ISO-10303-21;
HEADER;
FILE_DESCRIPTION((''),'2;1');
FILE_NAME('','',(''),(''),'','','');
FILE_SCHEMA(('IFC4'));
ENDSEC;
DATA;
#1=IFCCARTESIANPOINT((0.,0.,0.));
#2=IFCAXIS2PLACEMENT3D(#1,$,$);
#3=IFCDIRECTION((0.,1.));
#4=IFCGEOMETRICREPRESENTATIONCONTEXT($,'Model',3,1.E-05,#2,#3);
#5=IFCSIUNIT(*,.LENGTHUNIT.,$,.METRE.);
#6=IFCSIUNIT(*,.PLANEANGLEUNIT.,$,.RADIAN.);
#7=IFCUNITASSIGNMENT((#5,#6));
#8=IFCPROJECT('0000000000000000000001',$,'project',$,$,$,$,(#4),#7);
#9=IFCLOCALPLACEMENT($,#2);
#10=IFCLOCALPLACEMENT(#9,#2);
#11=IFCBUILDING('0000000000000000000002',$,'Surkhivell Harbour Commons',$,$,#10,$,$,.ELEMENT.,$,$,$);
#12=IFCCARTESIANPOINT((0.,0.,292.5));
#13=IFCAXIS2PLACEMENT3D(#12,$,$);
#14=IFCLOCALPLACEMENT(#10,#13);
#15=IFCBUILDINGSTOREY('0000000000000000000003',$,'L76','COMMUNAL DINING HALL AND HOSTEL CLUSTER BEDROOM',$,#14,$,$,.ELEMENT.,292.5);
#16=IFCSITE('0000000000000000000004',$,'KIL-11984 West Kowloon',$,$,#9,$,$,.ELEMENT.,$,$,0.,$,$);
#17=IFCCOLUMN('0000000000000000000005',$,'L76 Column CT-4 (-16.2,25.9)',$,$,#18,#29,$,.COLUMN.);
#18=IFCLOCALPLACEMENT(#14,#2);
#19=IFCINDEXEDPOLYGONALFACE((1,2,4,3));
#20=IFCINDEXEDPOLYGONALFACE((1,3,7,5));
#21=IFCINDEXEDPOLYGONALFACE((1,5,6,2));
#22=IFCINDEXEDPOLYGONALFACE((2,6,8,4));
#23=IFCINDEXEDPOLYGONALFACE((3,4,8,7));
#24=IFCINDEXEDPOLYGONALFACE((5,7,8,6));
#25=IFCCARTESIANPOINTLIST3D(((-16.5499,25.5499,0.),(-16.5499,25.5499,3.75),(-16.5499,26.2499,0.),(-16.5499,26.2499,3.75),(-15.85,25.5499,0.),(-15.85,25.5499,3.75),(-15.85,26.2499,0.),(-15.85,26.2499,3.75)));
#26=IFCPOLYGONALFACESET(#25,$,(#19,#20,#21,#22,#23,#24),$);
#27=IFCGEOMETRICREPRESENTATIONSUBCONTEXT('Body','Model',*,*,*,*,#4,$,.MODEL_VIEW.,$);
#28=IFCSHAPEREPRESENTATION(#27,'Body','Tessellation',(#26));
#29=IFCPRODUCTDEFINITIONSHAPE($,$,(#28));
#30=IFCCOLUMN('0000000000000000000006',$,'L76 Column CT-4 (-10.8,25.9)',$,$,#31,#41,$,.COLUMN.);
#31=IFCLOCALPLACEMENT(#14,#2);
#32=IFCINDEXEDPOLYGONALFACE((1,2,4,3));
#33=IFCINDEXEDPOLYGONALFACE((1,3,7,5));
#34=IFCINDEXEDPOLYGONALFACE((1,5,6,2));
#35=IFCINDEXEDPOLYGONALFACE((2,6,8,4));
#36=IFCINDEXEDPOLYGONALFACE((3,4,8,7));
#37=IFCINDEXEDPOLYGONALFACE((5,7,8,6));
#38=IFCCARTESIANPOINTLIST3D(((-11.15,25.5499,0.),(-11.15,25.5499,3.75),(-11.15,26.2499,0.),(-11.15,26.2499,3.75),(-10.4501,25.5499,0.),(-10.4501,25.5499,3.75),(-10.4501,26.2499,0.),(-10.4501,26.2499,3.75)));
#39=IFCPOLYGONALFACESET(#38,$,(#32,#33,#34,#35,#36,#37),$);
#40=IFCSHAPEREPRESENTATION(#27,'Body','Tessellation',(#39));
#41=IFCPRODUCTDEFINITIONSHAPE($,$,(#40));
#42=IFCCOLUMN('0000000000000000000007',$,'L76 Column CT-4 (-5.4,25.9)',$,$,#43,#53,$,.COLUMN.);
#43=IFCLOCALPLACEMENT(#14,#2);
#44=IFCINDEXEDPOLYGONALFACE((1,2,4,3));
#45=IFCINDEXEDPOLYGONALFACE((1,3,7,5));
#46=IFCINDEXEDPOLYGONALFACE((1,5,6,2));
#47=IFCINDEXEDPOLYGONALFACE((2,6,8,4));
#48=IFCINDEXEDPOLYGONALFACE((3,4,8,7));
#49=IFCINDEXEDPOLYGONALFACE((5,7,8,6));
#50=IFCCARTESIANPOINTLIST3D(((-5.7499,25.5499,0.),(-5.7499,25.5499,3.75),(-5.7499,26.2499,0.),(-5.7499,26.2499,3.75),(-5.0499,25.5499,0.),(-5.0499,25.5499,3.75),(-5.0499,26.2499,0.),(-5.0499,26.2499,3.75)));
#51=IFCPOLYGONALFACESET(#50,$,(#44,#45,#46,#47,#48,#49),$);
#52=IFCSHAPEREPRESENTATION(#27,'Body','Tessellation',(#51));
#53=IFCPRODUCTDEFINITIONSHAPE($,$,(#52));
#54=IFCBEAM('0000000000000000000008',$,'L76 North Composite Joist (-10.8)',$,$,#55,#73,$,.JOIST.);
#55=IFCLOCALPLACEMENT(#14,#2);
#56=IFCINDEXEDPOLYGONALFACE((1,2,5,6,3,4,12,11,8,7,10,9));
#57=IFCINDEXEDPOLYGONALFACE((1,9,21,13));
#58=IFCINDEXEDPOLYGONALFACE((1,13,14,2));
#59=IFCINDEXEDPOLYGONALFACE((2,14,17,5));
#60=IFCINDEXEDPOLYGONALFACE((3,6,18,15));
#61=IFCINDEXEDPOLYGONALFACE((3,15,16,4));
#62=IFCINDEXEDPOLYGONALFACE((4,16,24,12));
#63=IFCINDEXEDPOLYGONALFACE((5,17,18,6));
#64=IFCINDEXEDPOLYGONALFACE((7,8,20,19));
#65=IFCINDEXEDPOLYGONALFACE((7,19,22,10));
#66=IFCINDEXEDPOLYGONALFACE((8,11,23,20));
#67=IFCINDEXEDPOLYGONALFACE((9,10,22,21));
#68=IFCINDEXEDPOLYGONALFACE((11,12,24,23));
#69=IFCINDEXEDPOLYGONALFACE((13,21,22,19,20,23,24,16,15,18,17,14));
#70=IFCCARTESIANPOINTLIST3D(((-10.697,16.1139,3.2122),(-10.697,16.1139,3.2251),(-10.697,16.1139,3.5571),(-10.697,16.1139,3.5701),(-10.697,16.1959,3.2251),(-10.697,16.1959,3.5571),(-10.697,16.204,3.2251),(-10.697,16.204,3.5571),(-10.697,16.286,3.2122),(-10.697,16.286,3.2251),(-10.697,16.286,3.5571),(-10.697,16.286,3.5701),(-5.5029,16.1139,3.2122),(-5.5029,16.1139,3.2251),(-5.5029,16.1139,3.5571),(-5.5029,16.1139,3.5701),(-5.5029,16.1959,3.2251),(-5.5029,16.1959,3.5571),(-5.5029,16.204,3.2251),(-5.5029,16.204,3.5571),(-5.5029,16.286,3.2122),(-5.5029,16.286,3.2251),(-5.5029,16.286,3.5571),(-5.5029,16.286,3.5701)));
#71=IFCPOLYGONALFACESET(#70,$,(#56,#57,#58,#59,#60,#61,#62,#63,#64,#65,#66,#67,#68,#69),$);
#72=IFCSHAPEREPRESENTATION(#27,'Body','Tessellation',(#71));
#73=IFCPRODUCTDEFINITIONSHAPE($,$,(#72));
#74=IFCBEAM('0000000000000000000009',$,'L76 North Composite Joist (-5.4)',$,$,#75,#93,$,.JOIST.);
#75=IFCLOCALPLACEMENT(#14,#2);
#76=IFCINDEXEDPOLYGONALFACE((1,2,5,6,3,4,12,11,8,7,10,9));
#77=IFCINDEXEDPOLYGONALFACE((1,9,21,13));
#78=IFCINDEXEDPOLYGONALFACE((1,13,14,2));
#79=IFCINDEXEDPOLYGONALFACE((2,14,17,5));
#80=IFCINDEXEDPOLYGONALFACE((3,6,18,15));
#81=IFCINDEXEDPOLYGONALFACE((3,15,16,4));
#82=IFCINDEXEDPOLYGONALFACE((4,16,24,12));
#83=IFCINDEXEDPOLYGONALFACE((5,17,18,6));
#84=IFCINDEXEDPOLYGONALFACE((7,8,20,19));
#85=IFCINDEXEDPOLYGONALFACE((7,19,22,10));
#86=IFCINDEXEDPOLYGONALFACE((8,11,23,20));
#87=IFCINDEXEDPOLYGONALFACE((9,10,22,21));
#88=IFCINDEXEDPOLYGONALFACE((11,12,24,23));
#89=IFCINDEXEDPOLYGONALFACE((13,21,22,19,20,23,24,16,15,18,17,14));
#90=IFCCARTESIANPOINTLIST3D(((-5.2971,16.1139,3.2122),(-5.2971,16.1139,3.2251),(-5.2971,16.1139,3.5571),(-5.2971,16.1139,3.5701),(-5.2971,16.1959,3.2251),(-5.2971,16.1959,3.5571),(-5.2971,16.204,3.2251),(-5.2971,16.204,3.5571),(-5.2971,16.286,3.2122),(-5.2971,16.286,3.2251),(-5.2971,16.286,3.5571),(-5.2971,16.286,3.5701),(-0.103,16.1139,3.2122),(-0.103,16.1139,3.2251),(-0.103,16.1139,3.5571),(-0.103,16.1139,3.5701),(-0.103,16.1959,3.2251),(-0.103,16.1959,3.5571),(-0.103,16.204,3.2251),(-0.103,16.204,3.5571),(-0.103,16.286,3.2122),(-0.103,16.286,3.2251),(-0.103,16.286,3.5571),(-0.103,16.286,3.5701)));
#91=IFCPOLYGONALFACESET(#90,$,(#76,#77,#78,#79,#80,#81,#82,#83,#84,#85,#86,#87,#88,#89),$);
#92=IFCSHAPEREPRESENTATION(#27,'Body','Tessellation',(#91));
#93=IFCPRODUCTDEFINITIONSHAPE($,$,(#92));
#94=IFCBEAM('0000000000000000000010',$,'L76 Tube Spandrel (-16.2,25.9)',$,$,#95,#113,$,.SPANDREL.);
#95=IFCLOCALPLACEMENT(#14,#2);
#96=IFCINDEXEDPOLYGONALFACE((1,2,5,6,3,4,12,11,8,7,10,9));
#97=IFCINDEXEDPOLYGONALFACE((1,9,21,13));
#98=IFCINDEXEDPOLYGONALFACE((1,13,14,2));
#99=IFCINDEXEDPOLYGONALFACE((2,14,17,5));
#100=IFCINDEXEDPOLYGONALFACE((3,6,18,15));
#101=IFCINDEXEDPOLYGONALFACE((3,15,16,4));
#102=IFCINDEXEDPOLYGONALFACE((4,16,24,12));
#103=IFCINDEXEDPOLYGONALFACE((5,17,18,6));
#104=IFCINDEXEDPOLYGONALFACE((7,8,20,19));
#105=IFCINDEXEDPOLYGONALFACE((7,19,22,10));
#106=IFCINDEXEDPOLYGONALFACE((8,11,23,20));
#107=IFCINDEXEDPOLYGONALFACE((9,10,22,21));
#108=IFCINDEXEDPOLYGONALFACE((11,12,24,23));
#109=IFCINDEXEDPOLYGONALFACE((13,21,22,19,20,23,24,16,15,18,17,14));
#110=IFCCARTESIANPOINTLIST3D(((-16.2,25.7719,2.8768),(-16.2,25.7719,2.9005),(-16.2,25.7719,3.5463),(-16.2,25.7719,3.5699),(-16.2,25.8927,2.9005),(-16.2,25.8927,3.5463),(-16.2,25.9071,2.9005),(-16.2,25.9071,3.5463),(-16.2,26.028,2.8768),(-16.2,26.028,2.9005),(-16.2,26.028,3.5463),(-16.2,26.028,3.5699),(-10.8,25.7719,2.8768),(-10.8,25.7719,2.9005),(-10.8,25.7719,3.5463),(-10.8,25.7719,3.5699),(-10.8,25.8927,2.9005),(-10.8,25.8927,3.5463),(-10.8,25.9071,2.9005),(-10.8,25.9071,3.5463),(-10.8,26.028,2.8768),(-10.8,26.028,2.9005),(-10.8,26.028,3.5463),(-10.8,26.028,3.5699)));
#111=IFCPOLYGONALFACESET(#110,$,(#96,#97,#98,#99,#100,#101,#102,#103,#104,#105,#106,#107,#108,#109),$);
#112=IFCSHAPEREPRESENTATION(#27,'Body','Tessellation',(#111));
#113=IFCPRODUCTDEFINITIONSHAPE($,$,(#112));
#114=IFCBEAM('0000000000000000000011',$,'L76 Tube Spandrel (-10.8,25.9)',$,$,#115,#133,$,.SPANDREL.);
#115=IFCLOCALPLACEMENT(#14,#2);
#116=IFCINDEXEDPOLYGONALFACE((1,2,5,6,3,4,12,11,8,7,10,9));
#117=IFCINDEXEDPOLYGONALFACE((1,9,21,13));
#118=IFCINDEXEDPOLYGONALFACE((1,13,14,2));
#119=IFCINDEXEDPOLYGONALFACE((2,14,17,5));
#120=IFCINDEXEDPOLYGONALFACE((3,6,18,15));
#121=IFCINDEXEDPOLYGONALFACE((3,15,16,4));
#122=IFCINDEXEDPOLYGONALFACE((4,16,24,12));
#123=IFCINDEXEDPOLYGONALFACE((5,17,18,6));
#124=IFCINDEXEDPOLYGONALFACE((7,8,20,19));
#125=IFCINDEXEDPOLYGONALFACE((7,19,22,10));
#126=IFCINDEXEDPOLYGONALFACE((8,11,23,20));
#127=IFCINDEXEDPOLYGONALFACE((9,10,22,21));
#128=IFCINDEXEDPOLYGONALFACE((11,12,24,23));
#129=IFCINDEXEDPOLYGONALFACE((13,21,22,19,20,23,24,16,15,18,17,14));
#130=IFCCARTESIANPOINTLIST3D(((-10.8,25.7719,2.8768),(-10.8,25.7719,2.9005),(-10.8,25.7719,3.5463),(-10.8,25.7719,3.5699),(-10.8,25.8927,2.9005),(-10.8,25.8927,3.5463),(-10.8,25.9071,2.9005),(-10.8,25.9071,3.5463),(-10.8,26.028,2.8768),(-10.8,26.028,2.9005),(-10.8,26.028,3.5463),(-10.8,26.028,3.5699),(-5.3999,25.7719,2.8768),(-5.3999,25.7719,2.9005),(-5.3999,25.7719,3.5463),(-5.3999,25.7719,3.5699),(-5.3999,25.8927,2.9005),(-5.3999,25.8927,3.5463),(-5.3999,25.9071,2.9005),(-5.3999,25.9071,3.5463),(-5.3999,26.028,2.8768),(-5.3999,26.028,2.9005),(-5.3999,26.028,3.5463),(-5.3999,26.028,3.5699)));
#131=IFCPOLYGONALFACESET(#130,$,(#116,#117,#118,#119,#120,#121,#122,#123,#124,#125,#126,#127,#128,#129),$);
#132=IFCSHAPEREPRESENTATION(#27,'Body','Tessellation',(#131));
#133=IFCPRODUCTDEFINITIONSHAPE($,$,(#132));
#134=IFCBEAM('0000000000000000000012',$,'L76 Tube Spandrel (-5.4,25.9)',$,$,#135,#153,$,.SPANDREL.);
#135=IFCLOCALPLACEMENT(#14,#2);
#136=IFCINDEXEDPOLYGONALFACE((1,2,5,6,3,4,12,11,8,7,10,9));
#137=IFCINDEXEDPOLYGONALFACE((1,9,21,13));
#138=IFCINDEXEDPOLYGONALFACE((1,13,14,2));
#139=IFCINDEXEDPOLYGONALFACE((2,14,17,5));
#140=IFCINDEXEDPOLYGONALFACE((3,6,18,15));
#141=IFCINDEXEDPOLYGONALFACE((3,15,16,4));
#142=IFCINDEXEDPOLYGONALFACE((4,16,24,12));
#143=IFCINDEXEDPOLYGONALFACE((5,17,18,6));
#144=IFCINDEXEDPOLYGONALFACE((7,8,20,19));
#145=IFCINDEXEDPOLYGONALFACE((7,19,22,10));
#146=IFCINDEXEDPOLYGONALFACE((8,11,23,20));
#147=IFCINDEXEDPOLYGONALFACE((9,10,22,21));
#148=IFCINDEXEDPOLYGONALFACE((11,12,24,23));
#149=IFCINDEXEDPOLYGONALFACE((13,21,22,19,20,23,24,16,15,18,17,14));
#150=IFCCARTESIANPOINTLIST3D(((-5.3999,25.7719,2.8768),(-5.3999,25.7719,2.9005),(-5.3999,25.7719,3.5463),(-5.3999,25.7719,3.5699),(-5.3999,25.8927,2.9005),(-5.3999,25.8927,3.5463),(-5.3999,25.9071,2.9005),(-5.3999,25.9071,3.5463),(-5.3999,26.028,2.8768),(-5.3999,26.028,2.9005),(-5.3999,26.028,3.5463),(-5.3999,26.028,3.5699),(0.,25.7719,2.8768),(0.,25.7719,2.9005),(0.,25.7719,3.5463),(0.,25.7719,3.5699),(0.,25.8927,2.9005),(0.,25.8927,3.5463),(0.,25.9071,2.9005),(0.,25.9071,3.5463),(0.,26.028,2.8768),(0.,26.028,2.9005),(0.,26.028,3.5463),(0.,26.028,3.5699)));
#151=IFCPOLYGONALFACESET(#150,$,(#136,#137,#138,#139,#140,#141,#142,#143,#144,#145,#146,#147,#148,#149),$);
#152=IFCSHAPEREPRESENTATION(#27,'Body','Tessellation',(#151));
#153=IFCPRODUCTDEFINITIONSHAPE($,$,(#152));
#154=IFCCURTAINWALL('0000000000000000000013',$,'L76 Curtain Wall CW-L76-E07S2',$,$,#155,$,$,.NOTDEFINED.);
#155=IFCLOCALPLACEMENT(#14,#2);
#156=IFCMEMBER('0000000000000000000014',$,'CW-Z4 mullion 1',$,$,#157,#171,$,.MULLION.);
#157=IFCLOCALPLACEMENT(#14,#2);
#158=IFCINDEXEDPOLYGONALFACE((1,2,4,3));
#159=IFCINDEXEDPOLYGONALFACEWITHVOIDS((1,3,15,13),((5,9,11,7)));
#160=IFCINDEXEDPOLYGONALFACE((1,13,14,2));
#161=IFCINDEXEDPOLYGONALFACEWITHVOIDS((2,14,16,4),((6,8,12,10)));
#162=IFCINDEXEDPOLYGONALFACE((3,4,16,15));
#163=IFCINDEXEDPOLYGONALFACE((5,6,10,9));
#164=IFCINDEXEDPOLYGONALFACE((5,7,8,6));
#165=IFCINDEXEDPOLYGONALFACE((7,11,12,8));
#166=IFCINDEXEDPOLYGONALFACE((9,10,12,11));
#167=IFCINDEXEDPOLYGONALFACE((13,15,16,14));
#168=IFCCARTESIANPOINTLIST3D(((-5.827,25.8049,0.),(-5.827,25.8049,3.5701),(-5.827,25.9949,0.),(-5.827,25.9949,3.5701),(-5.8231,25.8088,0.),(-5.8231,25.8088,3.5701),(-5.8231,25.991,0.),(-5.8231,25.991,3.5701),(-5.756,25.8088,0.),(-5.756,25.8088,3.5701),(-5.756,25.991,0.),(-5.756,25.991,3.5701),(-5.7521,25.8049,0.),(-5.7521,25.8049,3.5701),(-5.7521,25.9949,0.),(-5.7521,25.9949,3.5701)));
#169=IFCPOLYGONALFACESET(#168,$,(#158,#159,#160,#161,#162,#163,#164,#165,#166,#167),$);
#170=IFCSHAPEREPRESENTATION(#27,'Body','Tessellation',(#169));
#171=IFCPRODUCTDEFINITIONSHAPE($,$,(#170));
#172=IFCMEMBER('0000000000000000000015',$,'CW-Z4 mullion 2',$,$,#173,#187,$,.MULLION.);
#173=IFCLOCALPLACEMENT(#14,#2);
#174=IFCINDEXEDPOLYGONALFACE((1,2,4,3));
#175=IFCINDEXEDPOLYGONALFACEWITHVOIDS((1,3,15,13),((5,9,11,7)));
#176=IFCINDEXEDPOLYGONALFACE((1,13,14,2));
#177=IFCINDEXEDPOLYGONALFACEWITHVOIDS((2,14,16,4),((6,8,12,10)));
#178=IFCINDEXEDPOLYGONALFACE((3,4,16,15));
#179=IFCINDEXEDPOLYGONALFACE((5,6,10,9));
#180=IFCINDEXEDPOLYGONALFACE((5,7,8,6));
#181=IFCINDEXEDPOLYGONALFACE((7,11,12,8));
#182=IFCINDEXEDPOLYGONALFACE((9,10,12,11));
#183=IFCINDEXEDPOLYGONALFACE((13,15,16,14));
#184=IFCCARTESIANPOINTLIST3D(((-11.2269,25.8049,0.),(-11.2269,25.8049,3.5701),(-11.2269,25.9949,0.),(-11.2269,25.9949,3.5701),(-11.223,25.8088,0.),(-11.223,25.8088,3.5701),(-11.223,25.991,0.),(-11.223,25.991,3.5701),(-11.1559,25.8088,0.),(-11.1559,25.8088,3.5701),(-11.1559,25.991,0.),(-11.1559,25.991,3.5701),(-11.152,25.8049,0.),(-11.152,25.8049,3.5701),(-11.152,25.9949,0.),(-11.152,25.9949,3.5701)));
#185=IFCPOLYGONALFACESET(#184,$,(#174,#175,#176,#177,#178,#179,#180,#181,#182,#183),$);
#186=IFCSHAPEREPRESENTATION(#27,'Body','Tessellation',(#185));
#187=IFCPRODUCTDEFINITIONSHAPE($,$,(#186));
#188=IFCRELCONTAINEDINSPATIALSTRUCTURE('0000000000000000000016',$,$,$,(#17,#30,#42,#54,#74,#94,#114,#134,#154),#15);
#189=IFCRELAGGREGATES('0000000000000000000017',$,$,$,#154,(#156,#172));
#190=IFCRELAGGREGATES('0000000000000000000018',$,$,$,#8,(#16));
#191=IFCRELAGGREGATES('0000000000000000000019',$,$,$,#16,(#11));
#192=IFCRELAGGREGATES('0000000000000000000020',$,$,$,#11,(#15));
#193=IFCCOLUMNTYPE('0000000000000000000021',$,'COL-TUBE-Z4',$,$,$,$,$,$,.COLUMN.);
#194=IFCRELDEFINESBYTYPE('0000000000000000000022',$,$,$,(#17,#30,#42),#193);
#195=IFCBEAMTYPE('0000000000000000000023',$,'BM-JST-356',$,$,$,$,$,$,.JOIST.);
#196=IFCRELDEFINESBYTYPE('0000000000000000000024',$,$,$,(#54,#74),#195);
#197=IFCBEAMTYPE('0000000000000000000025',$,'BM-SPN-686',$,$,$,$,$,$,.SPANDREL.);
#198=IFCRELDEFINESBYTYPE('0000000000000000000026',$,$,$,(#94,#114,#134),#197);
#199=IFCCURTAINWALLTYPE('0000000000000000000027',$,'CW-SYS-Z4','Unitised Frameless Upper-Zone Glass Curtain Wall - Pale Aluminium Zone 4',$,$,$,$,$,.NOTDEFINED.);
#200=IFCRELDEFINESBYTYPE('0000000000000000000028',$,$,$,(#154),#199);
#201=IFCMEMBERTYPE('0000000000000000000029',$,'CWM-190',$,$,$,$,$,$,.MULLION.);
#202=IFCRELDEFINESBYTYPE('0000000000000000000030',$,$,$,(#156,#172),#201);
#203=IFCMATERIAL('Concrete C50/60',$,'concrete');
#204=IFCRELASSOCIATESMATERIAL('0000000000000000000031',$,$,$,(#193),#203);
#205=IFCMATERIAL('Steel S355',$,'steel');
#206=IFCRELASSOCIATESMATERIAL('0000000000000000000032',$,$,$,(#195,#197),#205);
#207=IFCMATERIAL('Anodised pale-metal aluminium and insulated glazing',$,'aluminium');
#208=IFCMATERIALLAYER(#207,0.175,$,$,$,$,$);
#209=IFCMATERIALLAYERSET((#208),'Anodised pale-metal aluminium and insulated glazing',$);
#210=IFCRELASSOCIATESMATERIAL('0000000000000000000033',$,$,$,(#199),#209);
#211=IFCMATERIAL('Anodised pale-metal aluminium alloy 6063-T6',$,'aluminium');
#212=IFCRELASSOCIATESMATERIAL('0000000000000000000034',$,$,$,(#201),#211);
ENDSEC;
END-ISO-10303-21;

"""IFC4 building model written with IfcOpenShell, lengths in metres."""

from ifc_helpers import new_model, si_unit, direction, frame, origin, origin_2d, place, context, subcontext, project, spatial, rectangle, hollow_rectangle, i_section, extrude, material, layer, layer_set, material_profile, profile_set, type_object, element, aggregate, save


model = new_model("IFC4")

# Units and contexts
model_context = context("Model", 3, precision=1e-05, world=origin(), true_north=direction((0.0, 1.0)))
body_context = subcontext(model_context, "Body", "Model", "MODEL_VIEW")
ifc_project = project(units=[si_unit("LENGTHUNIT", "METRE"), si_unit("PLANEANGLEUNIT", "RADIAN")], contexts=[model_context])

# Site, building, storey
site_placement = place(None, origin())
site = spatial("IfcSite", under=ifc_project, at=site_placement, Name="KIL-11984 West Kowloon", CompositionType="ELEMENT", RefElevation=0.0)
building_placement = place(site_placement, origin())
building = spatial("IfcBuilding", under=site, at=building_placement, Name="Surkhivell Harbour Commons", CompositionType="ELEMENT")
storey_placement = place(building_placement, frame((0.0, 0.0, 292.5)))
storey = spatial("IfcBuildingStorey", under=building, at=storey_placement, Name="L76", Description="COMMUNAL DINING HALL AND HOSTEL CLUSTER BEDROOM", CompositionType="ELEMENT", Elevation=292.5)

# Columns
ifc_material_1 = material(Name="Concrete C50/60", Category="concrete")
ifc_material_profile_1 = material_profile(ifc_material_1, rectangle(XDim=0.7, YDim=0.7, at=origin_2d()), Name="RC-COL-700x700")
ifc_profile_set_1 = profile_set([ifc_material_profile_1], Name="Concrete C50/60")
column_type = type_object("IfcColumnType", Name="COL-TUBE-Z4", PredefinedType="COLUMN", material=ifc_profile_set_1)
for number, where, z_axis, x_axis, name in (
    (1, (-16.2, 25.8999, 0.0), (0.0, 0.0, 1.0), (1.0, 0.0, 0.0), "L76 Column CT-4 (-16.2,25.9)"),
    (2, (-10.8, 25.8999, 0.0), (0.0, 0.0, 1.0), (1.0, 0.0, 0.0), "L76 Column CT-4 (-10.8,25.9)"),
    (3, (-5.3999, 25.8999, 0.0), (0.0, 0.0, 1.0), (1.0, 0.0, 0.0), "L76 Column CT-4 (-5.4,25.9)"),
):
    element("IfcColumn", number, at=place(storey_placement, frame(where, z_axis=z_axis, x_axis=x_axis)), inside=storey, type_object=column_type, Name=name, PredefinedType="COLUMN", context=body_context, shape_type="SweptSolid", body=[
        extrude(rectangle(XDim=0.7, YDim=0.7, at=origin_2d()), origin(), (0.0, 0.0, 1.0), 3.75),
    ])

# Beams
ifc_material_2 = material(Name="Steel S355", Category="steel")
ifc_material_profile_2 = material_profile(ifc_material_2, i_section(OverallWidth=0.1721, OverallDepth=0.3579, WebThickness=0.0081, FlangeThickness=0.0129, at=origin_2d()), Name="UB356x171x57")
ifc_profile_set_2 = profile_set([ifc_material_profile_2], Name="Steel S355")
beam_type_1 = type_object("IfcBeamType", Name="BM-JST-356", PredefinedType="JOIST", material=ifc_profile_set_2)
for number, where, z_axis, x_axis, name in (
    (4, (-10.697, 16.2, 3.3911), (1.0, 0.0, 0.0), (0.0, 1.0, 0.0), "L76 North Composite Joist (-10.8)"),
    (5, (-5.2971, 16.2, 3.3911), (1.0, 0.0, 0.0), (0.0, 1.0, 0.0), "L76 North Composite Joist (-5.4)"),
):
    element("IfcBeam", number, at=place(storey_placement, frame(where, z_axis=z_axis, x_axis=x_axis)), inside=storey, type_object=beam_type_1, Name=name, PredefinedType="JOIST", context=body_context, shape_type="SweptSolid", body=[
        extrude(i_section(OverallWidth=0.1721, OverallDepth=0.3579, WebThickness=0.0081, FlangeThickness=0.0129, at=origin_2d()), origin(), (0.0, 0.0, 1.0), 5.1941),
    ])
ifc_material_profile_3 = material_profile(ifc_material_2, i_section(OverallWidth=0.2561, OverallDepth=0.6931, WebThickness=0.0144, FlangeThickness=0.0237, at=origin_2d()), Name="UB686x254x170")
ifc_profile_set_3 = profile_set([ifc_material_profile_3], Name="Steel S355")
beam_type_2 = type_object("IfcBeamType", Name="BM-SPN-686", PredefinedType="SPANDREL", material=ifc_profile_set_3)
beam_1_placement = place(storey_placement, frame((-16.2, 25.8999, 3.2234), z_axis=(1.0, 0.0, 0.0), x_axis=(0.0, 1.0, 0.0)))
element("IfcBeam", 6, at=beam_1_placement, inside=storey, type_object=beam_type_2, Name="L76 Tube Spandrel (-16.2,25.9)", PredefinedType="SPANDREL", context=body_context, shape_type="SweptSolid", body=[
    extrude(i_section(OverallWidth=0.2561, OverallDepth=0.6931, WebThickness=0.0144, FlangeThickness=0.0237, at=origin_2d()), origin(), (0.0, 0.0, 1.0), 5.3999),
])
beam_2_placement = place(storey_placement, frame((-10.8, 25.8999, 3.2234), z_axis=(1.0, 0.0, 0.0), x_axis=(0.0, 1.0, 0.0)))
element("IfcBeam", 7, at=beam_2_placement, inside=storey, type_object=beam_type_2, Name="L76 Tube Spandrel (-10.8,25.9)", PredefinedType="SPANDREL", context=body_context, shape_type="SweptSolid", body=[
    extrude(i_section(OverallWidth=0.2561, OverallDepth=0.6931, WebThickness=0.0144, FlangeThickness=0.0237, at=origin_2d()), origin(), (0.0, 0.0, 1.0), 5.4001),
])
beam_3_placement = place(storey_placement, frame((-5.3999, 25.8999, 3.2234), z_axis=(1.0, 0.0, 0.0), x_axis=(0.0, 1.0, 0.0)))
element("IfcBeam", 8, at=beam_3_placement, inside=storey, type_object=beam_type_2, Name="L76 Tube Spandrel (-5.4,25.9)", PredefinedType="SPANDREL", context=body_context, shape_type="SweptSolid", body=[
    extrude(i_section(OverallWidth=0.2561, OverallDepth=0.6931, WebThickness=0.0144, FlangeThickness=0.0237, at=origin_2d()), origin(), (0.0, 0.0, 1.0), 5.3999),
])

# Curtain wall, members
ifc_material_3 = material(Name="Anodised pale-metal aluminium and insulated glazing", Category="aluminium")
ifc_layer_1 = layer(ifc_material_3, 0.175)
ifc_layer_set_1 = layer_set([ifc_layer_1], Name="Anodised pale-metal aluminium and insulated glazing")
curtain_wall_type = type_object("IfcCurtainWallType", Name="CW-SYS-Z4", Description="Unitised Frameless Upper-Zone Glass Curtain Wall - Pale Aluminium Zone 4", PredefinedType="NOTDEFINED", material=ifc_layer_set_1)
curtain_wall_placement = place(storey_placement, origin())
curtain_wall = element("IfcCurtainWall", 9, at=curtain_wall_placement, inside=storey, type_object=curtain_wall_type, Name="L76 Curtain Wall CW-L76-E07S2", PredefinedType="NOTDEFINED")
ifc_material_4 = material(Name="Anodised pale-metal aluminium alloy 6063-T6", Category="aluminium")
ifc_material_profile_4 = material_profile(ifc_material_4, hollow_rectangle(XDim=0.075, YDim=0.1899, WallThickness=0.0039, at=origin_2d()), Name="ALU-MULL-75x190")
ifc_profile_set_4 = profile_set([ifc_material_profile_4], Name="Anodised pale-metal aluminium alloy 6063-T6")
member_type_1 = type_object("IfcMemberType", Name="CWM-190", PredefinedType="MULLION", material=ifc_profile_set_4)
member_1_placement = place(storey_placement, frame((-5.7896, 25.8999, 0.0), z_axis=(0.0, 0.0, 1.0), x_axis=(-1.0, 0.0, 0.0)))
member_1 = element("IfcMember", 10, at=member_1_placement, type_object=member_type_1, Name="CW-Z4 mullion 1", PredefinedType="MULLION", context=body_context, shape_type="SweptSolid", body=[
    extrude(hollow_rectangle(XDim=0.075, YDim=0.1899, WallThickness=0.0039, at=origin_2d()), origin(), (0.0, 0.0, 1.0), 3.5701),
])
member_2_placement = place(storey_placement, frame((-11.1895, 25.8999, 0.0), z_axis=(0.0, 0.0, 1.0), x_axis=(-1.0, 0.0, 0.0)))
member_2 = element("IfcMember", 11, at=member_2_placement, type_object=member_type_1, Name="CW-Z4 mullion 2", PredefinedType="MULLION", context=body_context, shape_type="SweptSolid", body=[
    extrude(hollow_rectangle(XDim=0.075, YDim=0.1899, WallThickness=0.0039, at=origin_2d()), origin(), (0.0, 0.0, 1.0), 3.5701),
])

aggregate(curtain_wall, [member_1, member_2])

save(model, "model.ifc")
